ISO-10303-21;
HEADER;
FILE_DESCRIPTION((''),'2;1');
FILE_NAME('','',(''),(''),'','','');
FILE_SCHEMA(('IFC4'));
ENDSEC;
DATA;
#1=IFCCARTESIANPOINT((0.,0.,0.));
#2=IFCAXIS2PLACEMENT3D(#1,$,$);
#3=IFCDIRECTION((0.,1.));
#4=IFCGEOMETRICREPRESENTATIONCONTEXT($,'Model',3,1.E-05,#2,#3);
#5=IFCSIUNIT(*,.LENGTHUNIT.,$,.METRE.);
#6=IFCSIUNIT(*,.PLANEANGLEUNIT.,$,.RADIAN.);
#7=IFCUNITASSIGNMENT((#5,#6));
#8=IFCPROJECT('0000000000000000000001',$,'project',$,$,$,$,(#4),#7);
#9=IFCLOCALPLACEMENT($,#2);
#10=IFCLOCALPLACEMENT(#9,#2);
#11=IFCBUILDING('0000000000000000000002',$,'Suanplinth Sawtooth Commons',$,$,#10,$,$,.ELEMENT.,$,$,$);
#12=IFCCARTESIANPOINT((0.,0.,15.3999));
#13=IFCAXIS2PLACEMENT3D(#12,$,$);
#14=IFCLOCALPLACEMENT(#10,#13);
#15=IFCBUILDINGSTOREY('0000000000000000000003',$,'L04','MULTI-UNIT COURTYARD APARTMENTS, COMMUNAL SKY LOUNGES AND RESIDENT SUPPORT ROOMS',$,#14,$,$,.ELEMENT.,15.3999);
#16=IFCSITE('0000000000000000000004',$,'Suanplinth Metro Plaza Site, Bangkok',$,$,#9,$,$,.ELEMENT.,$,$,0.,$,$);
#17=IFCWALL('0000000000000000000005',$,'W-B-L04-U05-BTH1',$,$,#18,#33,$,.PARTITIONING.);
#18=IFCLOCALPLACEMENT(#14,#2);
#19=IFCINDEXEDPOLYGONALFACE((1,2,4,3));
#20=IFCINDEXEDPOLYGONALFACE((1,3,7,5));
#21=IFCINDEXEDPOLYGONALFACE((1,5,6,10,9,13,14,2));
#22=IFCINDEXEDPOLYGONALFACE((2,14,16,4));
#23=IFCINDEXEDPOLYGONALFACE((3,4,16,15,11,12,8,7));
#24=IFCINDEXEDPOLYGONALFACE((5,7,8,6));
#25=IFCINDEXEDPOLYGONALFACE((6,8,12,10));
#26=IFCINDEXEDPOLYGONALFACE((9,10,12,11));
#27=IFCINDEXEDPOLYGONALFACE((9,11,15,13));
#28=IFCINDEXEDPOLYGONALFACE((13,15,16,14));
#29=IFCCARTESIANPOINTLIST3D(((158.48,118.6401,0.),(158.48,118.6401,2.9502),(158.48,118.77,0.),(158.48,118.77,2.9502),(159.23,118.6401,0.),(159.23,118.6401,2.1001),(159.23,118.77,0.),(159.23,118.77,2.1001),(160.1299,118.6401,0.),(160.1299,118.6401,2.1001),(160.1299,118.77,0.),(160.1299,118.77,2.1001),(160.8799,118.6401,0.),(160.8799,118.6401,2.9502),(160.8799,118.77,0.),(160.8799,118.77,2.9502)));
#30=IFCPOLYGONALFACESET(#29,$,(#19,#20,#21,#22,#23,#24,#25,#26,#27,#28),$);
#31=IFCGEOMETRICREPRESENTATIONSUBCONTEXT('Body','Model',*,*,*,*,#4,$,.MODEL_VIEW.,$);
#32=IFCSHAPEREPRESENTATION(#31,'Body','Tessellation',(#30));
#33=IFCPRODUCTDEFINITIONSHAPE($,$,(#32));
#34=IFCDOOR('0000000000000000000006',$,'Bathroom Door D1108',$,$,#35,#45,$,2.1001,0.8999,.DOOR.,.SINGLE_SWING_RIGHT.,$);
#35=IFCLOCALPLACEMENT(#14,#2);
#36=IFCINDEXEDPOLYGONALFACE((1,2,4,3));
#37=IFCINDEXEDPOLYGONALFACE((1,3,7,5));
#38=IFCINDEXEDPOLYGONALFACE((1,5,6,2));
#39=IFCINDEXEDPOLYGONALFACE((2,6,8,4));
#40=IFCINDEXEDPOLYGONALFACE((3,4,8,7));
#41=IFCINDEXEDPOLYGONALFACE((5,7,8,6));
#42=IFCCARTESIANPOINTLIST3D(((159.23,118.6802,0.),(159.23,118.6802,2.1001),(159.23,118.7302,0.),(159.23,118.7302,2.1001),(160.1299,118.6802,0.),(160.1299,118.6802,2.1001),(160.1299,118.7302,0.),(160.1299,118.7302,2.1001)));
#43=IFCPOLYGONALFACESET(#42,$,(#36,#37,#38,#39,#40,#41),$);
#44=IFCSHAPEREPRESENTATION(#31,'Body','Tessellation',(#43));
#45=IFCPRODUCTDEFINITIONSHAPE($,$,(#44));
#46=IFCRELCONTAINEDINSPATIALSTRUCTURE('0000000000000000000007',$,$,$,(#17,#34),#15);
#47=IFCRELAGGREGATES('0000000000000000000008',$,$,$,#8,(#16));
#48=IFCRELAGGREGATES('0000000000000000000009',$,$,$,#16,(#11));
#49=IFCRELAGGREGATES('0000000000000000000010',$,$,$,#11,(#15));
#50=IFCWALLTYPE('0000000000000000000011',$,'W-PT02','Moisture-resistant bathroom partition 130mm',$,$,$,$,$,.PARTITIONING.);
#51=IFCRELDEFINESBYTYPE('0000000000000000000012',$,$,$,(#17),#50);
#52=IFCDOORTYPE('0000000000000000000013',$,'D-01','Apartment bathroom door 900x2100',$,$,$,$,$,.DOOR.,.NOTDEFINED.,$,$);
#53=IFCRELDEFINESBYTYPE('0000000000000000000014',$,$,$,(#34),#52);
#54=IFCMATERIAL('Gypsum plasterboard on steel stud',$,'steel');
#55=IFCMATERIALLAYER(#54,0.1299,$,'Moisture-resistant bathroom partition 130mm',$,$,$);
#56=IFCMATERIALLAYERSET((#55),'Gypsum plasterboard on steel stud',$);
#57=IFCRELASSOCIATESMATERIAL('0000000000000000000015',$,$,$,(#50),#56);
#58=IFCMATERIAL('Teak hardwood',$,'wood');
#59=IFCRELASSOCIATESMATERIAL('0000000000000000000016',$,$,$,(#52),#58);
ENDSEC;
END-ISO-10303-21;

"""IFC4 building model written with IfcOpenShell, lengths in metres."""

from ifc_helpers import new_model, si_unit, direction, frame, frame_2d, origin, place, context, subcontext, project, spatial, rectangle, extrude, material, layer, layer_set, type_object, element, fill, save


model = new_model("IFC4")

# Units and contexts
model_context = context("Model", 3, precision=1e-05, world=origin(), true_north=direction((0.0, 1.0)))
body_context = subcontext(model_context, "Body", "Model", "MODEL_VIEW")
ifc_project = project(units=[si_unit("LENGTHUNIT", "METRE"), si_unit("PLANEANGLEUNIT", "RADIAN")], contexts=[model_context])

# Site, building, storey
site_placement = place(None, origin())
site = spatial("IfcSite", under=ifc_project, at=site_placement, Name="Suanplinth Metro Plaza Site, Bangkok", CompositionType="ELEMENT", RefElevation=0.0)
building_placement = place(site_placement, origin())
building = spatial("IfcBuilding", under=site, at=building_placement, Name="Suanplinth Sawtooth Commons", CompositionType="ELEMENT")
storey_placement = place(building_placement, frame((0.0, 0.0, 15.3999)))
storey = spatial("IfcBuildingStorey", under=building, at=storey_placement, Name="L04", Description="MULTI-UNIT COURTYARD APARTMENTS, COMMUNAL SKY LOUNGES AND RESIDENT SUPPORT ROOMS", CompositionType="ELEMENT", Elevation=15.3999)

# Shared definitions
ifc_material_1 = material(Name="Gypsum plasterboard on steel stud", Category="steel")
ifc_material_2 = material(Name="Teak hardwood", Category="wood")

# Shared definitions
ifc_layer_1 = layer(ifc_material_1, 0.1299, Name="Moisture-resistant bathroom partition 130mm")
ifc_layer_set_1 = layer_set([ifc_layer_1], Name="Gypsum plasterboard on steel stud")
wall_type_1 = type_object("IfcWallType", Name="W-PT02", Description="Moisture-resistant bathroom partition 130mm", PredefinedType="PARTITIONING", material=ifc_layer_set_1)

# Wall, opening, door
wall_1_placement = place(storey_placement, frame((158.48, 118.7051, 0.0), z_axis=(0.0, 0.0, 1.0), x_axis=(1.0, 0.0, 0.0)))
wall_1 = element("IfcWall", 1, at=wall_1_placement, inside=storey, type_object=wall_type_1, Name="W-B-L04-U05-BTH1", PredefinedType="PARTITIONING", context=body_context, shape_type="SweptSolid", body=[
    extrude(rectangle(XDim=2.3999, YDim=0.1299, at=frame_2d((1.2, 0.0))), origin(), (0.0, 0.0, 1.0), 2.9502),
])
opening_1_placement = place(wall_1_placement, frame((0.75, 0.0, 0.0)))
opening_1 = element("IfcOpeningElement", 2, at=opening_1_placement, cuts=wall_1, PredefinedType="OPENING", context=body_context, shape_type="SweptSolid", body=[
    extrude(rectangle(XDim=0.8999, YDim=2.1001, at=frame_2d((0.45, 1.05))), frame((0.0, 0.0798, 0.0), z_axis=(0.0, -1.0, 0.0), x_axis=(1.0, 0.0, 0.0)), (0.0, 0.0, 1.0), 0.1597),
])
door_type_1 = type_object("IfcDoorType", Name="D-01", Description="Apartment bathroom door 900x2100", OperationType="NOTDEFINED", PredefinedType="DOOR", material=ifc_material_2)
door_1_placement = place(opening_1_placement, frame((0.8999, 0.0, 0.0), z_axis=(0.0, 0.0, 1.0), x_axis=(-1.0, 0.0, 0.0)))
door_1 = element("IfcDoor", 3, at=door_1_placement, inside=storey, type_object=door_type_1, Name="Bathroom Door D1108", OperationType="SINGLE_SWING_RIGHT", OverallHeight=2.1001, OverallWidth=0.8999, PredefinedType="DOOR", context=body_context, shape_type="SweptSolid", body=[
    extrude(rectangle(XDim=0.8999, YDim=2.1001, at=frame_2d((0.45, 1.05))), frame((0.0, 0.0249, 0.0), z_axis=(0.0, -1.0, 0.0), x_axis=(1.0, 0.0, 0.0)), (0.0, 0.0, 1.0), 0.05),
])
fill(opening_1, door_1)

save(model, "model.ifc")
